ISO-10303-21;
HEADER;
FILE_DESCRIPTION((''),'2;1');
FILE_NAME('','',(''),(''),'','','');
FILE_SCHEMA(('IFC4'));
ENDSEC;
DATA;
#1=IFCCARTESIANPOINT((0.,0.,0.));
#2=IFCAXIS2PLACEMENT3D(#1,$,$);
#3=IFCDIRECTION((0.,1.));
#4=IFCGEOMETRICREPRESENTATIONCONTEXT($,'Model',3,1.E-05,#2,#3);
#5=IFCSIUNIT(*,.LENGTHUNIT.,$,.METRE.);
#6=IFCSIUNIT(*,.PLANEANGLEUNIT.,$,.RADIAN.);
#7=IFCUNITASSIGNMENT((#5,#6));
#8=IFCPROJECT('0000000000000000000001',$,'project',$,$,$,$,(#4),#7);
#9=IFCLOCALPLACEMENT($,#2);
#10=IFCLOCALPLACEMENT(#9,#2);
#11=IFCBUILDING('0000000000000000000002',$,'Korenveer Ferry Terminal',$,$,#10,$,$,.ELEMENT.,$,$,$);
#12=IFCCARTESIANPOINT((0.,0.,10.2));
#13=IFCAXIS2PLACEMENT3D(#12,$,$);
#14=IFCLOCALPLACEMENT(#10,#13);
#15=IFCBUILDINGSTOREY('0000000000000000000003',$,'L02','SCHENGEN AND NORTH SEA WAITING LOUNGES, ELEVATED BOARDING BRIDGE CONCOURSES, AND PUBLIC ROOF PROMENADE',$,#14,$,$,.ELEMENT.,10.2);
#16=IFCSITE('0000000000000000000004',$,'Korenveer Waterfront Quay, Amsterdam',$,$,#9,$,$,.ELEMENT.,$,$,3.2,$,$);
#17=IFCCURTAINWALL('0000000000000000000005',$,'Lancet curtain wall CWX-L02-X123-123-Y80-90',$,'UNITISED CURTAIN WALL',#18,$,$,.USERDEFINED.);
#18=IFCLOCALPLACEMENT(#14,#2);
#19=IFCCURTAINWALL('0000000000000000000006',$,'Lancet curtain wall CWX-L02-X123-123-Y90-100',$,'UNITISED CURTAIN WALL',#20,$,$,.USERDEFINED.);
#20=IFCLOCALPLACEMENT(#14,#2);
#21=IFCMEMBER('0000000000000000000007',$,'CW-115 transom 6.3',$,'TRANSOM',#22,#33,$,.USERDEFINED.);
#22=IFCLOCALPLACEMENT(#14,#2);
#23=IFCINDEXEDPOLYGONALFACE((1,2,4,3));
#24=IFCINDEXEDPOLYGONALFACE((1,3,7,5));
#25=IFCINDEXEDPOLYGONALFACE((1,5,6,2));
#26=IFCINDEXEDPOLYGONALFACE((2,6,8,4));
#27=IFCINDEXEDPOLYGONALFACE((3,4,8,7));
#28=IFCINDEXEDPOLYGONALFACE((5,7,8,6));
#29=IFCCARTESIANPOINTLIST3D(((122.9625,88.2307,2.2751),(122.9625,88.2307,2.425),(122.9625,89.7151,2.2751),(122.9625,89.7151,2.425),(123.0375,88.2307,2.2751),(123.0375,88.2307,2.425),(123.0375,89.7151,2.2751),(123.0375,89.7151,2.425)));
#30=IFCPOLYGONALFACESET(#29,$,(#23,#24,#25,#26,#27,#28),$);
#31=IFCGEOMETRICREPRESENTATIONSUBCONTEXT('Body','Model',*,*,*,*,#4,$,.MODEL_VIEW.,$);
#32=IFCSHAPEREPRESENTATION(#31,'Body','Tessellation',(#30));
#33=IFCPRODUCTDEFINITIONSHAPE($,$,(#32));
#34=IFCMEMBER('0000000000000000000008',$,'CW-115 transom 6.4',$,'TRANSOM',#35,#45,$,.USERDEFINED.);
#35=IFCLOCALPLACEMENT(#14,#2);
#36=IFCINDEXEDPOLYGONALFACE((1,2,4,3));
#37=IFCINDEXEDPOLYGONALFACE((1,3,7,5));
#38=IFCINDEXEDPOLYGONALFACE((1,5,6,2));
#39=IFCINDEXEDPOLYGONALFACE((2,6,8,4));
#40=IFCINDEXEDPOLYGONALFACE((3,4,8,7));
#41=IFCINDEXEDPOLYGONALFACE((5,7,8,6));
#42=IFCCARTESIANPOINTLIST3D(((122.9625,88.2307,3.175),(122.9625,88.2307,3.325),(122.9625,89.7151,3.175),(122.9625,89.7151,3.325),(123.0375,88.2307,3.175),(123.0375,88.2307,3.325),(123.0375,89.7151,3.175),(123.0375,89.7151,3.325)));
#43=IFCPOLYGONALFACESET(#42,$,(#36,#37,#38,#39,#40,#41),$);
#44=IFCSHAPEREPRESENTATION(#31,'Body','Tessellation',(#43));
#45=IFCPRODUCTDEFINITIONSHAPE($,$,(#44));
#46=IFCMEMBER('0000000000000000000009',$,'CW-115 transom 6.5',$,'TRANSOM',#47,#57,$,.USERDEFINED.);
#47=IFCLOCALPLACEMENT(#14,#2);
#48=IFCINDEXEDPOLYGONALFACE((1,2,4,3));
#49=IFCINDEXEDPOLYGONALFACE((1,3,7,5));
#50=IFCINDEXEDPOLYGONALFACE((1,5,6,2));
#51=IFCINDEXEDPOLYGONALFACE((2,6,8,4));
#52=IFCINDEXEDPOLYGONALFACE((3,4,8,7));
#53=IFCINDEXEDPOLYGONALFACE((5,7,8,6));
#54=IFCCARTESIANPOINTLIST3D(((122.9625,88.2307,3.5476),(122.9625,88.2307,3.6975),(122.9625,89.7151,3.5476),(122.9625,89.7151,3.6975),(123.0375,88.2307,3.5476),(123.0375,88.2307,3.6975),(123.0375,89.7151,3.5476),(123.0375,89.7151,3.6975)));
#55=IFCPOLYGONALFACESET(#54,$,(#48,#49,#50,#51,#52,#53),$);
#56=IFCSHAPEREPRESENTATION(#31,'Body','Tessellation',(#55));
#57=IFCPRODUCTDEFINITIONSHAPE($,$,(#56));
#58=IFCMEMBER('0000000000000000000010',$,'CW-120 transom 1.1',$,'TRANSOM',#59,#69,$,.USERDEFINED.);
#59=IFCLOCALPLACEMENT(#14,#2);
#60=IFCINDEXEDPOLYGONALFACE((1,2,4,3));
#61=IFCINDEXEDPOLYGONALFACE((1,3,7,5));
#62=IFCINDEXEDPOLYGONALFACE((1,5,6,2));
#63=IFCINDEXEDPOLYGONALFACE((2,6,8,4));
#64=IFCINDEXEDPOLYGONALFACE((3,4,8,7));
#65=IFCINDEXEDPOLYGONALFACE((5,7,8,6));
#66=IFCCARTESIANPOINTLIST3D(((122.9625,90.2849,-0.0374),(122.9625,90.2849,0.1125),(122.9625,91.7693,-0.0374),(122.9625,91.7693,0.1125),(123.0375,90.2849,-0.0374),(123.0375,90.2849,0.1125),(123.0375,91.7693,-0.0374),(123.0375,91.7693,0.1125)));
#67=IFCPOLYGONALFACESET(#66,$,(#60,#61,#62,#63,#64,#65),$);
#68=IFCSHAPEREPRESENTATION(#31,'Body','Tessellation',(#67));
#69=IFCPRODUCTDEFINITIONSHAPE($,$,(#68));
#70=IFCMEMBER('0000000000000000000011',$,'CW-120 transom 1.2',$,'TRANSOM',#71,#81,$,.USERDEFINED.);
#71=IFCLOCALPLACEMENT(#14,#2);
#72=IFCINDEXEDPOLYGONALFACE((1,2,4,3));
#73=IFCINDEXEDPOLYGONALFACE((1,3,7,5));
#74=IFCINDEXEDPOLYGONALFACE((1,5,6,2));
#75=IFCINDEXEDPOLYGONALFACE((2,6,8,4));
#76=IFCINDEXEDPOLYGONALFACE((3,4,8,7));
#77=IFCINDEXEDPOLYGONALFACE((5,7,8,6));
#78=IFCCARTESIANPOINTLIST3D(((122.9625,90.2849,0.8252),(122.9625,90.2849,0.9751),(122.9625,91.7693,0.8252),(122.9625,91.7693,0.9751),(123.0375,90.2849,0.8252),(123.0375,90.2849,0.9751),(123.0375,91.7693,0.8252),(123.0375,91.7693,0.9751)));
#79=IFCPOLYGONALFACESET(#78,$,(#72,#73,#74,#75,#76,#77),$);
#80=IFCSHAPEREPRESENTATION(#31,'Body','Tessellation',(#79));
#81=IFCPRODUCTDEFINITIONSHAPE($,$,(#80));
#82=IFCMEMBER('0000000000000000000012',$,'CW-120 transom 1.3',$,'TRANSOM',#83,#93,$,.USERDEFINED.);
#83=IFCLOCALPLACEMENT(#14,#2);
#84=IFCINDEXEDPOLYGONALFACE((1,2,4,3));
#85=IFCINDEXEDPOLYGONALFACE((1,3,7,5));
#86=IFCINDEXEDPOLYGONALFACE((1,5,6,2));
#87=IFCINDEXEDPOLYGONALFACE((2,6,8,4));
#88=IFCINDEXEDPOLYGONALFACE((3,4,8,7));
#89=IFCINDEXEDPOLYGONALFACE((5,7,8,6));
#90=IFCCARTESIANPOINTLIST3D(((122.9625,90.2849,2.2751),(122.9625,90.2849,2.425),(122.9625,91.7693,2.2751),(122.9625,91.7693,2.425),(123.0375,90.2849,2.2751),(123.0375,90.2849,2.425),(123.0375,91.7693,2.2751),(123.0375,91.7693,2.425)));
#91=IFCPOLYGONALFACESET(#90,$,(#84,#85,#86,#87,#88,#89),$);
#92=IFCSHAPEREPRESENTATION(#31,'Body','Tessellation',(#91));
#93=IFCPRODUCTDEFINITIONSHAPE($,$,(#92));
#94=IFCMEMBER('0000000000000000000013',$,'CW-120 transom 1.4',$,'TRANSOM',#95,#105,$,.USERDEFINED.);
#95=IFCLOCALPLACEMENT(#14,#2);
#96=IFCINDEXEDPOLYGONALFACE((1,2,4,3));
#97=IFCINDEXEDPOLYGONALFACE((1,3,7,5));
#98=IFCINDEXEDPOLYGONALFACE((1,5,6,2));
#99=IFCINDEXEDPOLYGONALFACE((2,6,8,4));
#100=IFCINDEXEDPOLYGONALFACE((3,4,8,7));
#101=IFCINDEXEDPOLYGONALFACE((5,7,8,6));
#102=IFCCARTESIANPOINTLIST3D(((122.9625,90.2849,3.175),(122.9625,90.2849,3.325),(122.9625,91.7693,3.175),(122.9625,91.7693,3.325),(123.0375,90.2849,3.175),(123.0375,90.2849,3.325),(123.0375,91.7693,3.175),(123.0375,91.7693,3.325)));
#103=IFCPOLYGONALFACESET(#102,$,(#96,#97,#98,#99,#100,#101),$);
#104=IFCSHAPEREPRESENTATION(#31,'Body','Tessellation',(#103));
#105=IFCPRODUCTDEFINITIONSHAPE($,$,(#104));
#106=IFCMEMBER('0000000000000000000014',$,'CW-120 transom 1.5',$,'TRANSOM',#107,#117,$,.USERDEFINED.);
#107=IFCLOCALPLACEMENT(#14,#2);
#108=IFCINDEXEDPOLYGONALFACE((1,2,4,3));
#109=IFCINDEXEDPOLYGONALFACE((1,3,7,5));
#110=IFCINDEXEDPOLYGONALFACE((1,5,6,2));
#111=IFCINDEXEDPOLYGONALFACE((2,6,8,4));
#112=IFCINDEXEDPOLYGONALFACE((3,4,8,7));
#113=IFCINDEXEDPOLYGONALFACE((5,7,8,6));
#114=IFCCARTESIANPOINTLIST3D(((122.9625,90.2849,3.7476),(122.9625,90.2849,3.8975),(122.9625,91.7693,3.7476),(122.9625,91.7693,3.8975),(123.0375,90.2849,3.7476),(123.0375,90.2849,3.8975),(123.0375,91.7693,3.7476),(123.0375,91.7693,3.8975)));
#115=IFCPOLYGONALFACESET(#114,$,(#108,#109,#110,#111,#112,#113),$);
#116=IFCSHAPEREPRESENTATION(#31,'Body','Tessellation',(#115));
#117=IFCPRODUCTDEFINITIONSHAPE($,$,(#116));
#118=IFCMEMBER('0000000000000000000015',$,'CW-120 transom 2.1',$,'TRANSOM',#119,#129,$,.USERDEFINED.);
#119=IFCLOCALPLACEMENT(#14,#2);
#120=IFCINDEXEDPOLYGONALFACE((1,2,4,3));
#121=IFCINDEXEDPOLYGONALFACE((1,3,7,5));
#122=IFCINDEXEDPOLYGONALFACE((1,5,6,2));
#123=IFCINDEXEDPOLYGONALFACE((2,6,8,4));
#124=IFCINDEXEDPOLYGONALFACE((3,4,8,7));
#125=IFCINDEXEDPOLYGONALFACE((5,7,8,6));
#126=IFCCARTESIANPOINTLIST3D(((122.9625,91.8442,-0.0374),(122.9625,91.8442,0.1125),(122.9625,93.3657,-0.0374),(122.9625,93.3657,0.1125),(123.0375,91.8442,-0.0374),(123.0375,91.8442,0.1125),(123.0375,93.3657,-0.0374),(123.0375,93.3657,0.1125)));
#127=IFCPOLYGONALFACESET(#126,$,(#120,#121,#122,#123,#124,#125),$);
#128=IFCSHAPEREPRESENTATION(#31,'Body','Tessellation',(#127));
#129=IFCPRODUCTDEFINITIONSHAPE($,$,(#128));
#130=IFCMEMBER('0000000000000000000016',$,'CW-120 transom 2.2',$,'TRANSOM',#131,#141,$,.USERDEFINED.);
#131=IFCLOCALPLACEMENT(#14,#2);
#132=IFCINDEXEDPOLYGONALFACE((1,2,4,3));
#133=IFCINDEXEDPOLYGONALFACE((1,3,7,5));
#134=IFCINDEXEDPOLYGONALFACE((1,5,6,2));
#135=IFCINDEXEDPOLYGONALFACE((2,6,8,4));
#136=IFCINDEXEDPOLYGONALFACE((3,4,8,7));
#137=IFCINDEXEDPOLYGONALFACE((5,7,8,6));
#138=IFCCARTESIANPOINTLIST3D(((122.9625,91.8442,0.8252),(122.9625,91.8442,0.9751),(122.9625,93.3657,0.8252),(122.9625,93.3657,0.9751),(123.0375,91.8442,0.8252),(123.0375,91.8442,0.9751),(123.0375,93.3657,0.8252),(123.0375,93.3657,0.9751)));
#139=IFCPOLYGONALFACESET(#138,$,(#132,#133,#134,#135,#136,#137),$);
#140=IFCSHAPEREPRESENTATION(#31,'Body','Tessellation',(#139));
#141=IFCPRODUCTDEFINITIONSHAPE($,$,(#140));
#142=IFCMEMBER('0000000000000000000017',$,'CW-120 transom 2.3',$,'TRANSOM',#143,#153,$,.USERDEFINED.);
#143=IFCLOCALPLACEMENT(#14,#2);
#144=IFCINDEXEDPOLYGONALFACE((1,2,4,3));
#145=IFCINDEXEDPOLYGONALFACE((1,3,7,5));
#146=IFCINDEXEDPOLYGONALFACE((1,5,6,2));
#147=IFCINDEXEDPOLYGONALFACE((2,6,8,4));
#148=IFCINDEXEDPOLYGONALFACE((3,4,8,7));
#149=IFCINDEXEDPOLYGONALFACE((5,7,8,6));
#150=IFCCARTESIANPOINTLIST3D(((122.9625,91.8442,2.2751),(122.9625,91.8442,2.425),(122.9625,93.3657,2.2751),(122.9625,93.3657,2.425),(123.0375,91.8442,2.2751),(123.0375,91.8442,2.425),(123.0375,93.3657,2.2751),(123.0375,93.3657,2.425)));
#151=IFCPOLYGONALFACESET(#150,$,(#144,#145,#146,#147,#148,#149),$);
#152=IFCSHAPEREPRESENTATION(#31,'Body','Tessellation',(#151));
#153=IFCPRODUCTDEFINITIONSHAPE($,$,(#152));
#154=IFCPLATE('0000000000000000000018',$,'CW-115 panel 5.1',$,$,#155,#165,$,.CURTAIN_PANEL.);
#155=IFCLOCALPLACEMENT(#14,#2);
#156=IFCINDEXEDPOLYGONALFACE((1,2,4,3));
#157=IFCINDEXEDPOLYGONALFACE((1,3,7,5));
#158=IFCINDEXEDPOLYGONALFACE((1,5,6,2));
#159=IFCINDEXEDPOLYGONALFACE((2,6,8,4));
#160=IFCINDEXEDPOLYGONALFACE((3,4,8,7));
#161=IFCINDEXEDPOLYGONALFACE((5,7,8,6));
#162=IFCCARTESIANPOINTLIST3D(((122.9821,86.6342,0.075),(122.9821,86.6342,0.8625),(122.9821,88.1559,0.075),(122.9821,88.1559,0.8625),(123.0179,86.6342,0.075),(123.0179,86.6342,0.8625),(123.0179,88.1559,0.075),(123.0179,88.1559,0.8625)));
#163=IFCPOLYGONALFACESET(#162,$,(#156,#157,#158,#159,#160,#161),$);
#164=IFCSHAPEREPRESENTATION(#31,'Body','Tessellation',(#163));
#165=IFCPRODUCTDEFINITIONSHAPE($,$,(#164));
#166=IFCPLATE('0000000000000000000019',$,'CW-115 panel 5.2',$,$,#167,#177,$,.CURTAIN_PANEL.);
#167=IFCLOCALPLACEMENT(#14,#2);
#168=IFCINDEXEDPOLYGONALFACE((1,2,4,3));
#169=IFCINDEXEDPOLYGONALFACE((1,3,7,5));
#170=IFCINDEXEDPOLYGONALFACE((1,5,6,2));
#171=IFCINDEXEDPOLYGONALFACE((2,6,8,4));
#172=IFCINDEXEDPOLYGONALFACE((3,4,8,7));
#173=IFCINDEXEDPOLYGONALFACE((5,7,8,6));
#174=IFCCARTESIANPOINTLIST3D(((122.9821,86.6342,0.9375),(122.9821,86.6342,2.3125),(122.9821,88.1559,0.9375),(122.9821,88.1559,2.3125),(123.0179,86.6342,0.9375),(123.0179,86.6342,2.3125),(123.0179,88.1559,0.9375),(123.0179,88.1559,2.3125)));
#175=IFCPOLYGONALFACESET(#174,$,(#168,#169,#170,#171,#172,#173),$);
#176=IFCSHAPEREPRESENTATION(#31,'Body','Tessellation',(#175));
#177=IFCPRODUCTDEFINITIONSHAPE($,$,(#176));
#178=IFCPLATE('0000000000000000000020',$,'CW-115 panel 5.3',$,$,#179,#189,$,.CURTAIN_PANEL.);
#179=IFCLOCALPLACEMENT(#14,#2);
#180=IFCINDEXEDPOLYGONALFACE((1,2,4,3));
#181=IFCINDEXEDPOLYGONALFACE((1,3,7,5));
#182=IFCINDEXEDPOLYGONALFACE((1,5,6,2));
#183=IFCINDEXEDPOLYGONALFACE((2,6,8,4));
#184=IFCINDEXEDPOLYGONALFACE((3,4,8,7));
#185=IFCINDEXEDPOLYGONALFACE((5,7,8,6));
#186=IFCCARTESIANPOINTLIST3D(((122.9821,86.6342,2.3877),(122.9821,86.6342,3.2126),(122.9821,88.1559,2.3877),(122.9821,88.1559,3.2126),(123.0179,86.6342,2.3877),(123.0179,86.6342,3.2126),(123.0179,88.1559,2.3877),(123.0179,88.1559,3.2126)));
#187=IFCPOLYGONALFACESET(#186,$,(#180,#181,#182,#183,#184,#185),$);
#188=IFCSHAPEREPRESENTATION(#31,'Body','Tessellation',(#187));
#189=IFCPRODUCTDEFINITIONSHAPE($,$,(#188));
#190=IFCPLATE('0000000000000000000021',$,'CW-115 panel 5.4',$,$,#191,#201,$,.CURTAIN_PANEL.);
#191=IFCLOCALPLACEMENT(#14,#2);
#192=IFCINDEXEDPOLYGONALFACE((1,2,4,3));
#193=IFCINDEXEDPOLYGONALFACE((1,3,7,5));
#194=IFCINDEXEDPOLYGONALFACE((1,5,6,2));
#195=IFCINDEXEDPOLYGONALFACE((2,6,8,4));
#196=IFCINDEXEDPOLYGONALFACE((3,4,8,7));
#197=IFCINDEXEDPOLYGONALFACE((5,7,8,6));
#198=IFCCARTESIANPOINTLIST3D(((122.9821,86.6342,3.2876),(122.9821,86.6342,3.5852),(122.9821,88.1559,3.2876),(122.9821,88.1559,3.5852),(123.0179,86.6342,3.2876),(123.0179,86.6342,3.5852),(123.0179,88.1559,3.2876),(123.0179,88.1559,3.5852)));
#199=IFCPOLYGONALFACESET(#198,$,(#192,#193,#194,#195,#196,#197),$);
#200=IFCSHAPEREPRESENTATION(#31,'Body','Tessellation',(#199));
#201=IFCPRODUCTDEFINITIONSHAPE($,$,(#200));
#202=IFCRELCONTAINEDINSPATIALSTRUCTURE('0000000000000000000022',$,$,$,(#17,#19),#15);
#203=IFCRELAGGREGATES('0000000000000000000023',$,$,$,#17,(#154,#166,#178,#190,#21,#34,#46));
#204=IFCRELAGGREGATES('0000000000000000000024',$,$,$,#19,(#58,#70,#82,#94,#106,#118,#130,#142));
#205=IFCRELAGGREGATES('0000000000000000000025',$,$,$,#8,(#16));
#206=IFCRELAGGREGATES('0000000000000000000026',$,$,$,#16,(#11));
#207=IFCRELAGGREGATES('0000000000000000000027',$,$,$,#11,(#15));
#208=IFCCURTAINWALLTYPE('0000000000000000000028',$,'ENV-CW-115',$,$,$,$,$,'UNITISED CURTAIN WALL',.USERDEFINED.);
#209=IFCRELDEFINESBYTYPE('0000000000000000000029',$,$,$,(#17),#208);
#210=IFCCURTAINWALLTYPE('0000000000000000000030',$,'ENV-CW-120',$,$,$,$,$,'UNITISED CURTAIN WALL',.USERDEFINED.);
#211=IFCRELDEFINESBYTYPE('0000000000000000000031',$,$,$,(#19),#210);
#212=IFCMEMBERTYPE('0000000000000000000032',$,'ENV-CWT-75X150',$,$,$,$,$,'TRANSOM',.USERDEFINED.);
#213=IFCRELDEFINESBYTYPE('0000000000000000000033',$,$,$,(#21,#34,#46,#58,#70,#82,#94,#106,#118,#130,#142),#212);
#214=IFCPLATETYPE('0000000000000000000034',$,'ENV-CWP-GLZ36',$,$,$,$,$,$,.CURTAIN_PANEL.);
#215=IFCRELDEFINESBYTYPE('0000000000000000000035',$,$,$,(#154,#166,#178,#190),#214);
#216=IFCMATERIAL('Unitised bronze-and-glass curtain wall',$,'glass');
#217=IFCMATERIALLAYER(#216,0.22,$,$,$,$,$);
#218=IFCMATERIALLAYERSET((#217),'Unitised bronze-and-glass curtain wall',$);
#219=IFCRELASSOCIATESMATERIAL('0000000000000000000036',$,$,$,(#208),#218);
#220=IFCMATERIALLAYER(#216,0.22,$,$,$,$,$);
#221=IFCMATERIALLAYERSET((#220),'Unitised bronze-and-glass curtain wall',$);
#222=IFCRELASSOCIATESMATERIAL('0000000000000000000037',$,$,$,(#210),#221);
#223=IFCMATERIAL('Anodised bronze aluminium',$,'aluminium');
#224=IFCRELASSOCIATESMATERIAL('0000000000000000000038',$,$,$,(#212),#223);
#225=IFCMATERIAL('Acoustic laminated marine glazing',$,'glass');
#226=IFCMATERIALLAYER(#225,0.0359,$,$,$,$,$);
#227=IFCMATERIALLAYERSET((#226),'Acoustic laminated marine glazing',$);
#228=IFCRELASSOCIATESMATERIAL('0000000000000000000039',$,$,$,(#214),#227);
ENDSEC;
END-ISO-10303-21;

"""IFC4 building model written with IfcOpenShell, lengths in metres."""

from ifc_helpers import new_model, si_unit, direction, frame, origin, origin_2d, place, context, subcontext, project, spatial, rectangle, extrude, material, layer, layer_set, material_profile, profile_set, type_object, element, aggregate, save


model = new_model("IFC4")

# Units and contexts
model_context = context("Model", 3, precision=1e-05, world=origin(), true_north=direction((0.0, 1.0)))
body_context = subcontext(model_context, "Body", "Model", "MODEL_VIEW")
ifc_project = project(units=[si_unit("LENGTHUNIT", "METRE"), si_unit("PLANEANGLEUNIT", "RADIAN")], contexts=[model_context])

# Site, building, storey
site_placement = place(None, origin())
site = spatial("IfcSite", under=ifc_project, at=site_placement, Name="Korenveer Waterfront Quay, Amsterdam", CompositionType="ELEMENT", RefElevation=3.2)
building_placement = place(site_placement, origin())
building = spatial("IfcBuilding", under=site, at=building_placement, Name="Korenveer Ferry Terminal", CompositionType="ELEMENT")
storey_placement = place(building_placement, frame((0.0, 0.0, 10.2)))
storey = spatial("IfcBuildingStorey", under=building, at=storey_placement, Name="L02", Description="SCHENGEN AND NORTH SEA WAITING LOUNGES, ELEVATED BOARDING BRIDGE CONCOURSES, AND PUBLIC ROOF PROMENADE", CompositionType="ELEMENT", Elevation=10.2)

# Curtain walls
ifc_material_1 = material(Name="Unitised bronze-and-glass curtain wall", Category="glass")
ifc_layer_1 = layer(ifc_material_1, 0.22)
ifc_layer_set_1 = layer_set([ifc_layer_1], Name="Unitised bronze-and-glass curtain wall")
curtain_wall_type_1 = type_object("IfcCurtainWallType", Name="ENV-CW-115", ElementType="UNITISED CURTAIN WALL", PredefinedType="USERDEFINED", material=ifc_layer_set_1)
curtain_wall_1_placement = place(storey_placement, frame((123.0, 80.21, 0.0)))
curtain_wall_1 = element("IfcCurtainWall", 1, at=curtain_wall_1_placement, inside=storey, type_object=curtain_wall_type_1, Name="Lancet curtain wall CWX-L02-X123-123-Y80-90", ObjectType="UNITISED CURTAIN WALL", PredefinedType="USERDEFINED")
ifc_material_2 = material(Name="Anodised bronze aluminium", Category="aluminium")
ifc_layer_2 = layer(ifc_material_1, 0.22)
ifc_layer_set_2 = layer_set([ifc_layer_2], Name="Unitised bronze-and-glass curtain wall")
curtain_wall_type_2 = type_object("IfcCurtainWallType", Name="ENV-CW-120", ElementType="UNITISED CURTAIN WALL", PredefinedType="USERDEFINED", material=ifc_layer_set_2)
curtain_wall_2_placement = place(storey_placement, frame((123.0, 90.21, 0.0)))
curtain_wall_2 = element("IfcCurtainWall", 2, at=curtain_wall_2_placement, inside=storey, type_object=curtain_wall_type_2, Name="Lancet curtain wall CWX-L02-X123-123-Y90-100", ObjectType="UNITISED CURTAIN WALL", PredefinedType="USERDEFINED")

# Members
ifc_material_profile_1 = material_profile(ifc_material_2, rectangle(XDim=0.075, YDim=0.1499, at=origin_2d()), Name="ALU 75x150")
ifc_profile_set_1 = profile_set([ifc_material_profile_1], Name="Anodised bronze aluminium")
member_type_1 = type_object("IfcMemberType", Name="ENV-CWT-75X150", ElementType="TRANSOM", PredefinedType="USERDEFINED", material=ifc_profile_set_1)
member_1_placement = place(storey_placement, frame((123.0, 88.2307, 2.3501), z_axis=(0.0, 1.0, 0.0), x_axis=(-1.0, 0.0, 0.0)))
member_1 = element("IfcMember", 3, at=member_1_placement, type_object=member_type_1, Name="CW-115 transom 6.3", ObjectType="TRANSOM", PredefinedType="USERDEFINED", context=body_context, shape_type="SweptSolid", body=[
    extrude(rectangle(XDim=0.075, YDim=0.1499, at=origin_2d()), origin(), (0.0, 0.0, 1.0), 1.4844),
])
member_2_placement = place(storey_placement, frame((123.0, 88.2307, 3.25), z_axis=(0.0, 1.0, 0.0), x_axis=(-1.0, 0.0, 0.0)))
member_2 = element("IfcMember", 4, at=member_2_placement, type_object=member_type_1, Name="CW-115 transom 6.4", ObjectType="TRANSOM", PredefinedType="USERDEFINED", context=body_context, shape_type="SweptSolid", body=[
    extrude(rectangle(XDim=0.075, YDim=0.1499, at=origin_2d()), origin(), (0.0, 0.0, 1.0), 1.4844),
])
member_3_placement = place(storey_placement, frame((123.0, 88.2307, 3.6226), z_axis=(0.0, 1.0, 0.0), x_axis=(-1.0, 0.0, 0.0)))
member_3 = element("IfcMember", 5, at=member_3_placement, type_object=member_type_1, Name="CW-115 transom 6.5", ObjectType="TRANSOM", PredefinedType="USERDEFINED", context=body_context, shape_type="SweptSolid", body=[
    extrude(rectangle(XDim=0.075, YDim=0.1499, at=origin_2d()), origin(), (0.0, 0.0, 1.0), 1.4844),
])
member_4_placement = place(storey_placement, frame((123.0, 90.2849, 0.0376), z_axis=(0.0, 1.0, 0.0), x_axis=(-1.0, 0.0, 0.0)))
member_4 = element("IfcMember", 6, at=member_4_placement, type_object=member_type_1, Name="CW-120 transom 1.1", ObjectType="TRANSOM", PredefinedType="USERDEFINED", context=body_context, shape_type="SweptSolid", body=[
    extrude(rectangle(XDim=0.075, YDim=0.1499, at=origin_2d()), origin(), (0.0, 0.0, 1.0), 1.4844),
])
member_5_placement = place(storey_placement, frame((123.0, 90.2849, 0.9001), z_axis=(0.0, 1.0, 0.0), x_axis=(-1.0, 0.0, 0.0)))
member_5 = element("IfcMember", 7, at=member_5_placement, type_object=member_type_1, Name="CW-120 transom 1.2", ObjectType="TRANSOM", PredefinedType="USERDEFINED", context=body_context, shape_type="SweptSolid", body=[
    extrude(rectangle(XDim=0.075, YDim=0.1499, at=origin_2d()), origin(), (0.0, 0.0, 1.0), 1.4844),
])
member_6_placement = place(storey_placement, frame((123.0, 90.2849, 2.3501), z_axis=(0.0, 1.0, 0.0), x_axis=(-1.0, 0.0, 0.0)))
member_6 = element("IfcMember", 8, at=member_6_placement, type_object=member_type_1, Name="CW-120 transom 1.3", ObjectType="TRANSOM", PredefinedType="USERDEFINED", context=body_context, shape_type="SweptSolid", body=[
    extrude(rectangle(XDim=0.075, YDim=0.1499, at=origin_2d()), origin(), (0.0, 0.0, 1.0), 1.4844),
])
member_7_placement = place(storey_placement, frame((123.0, 90.2849, 3.25), z_axis=(0.0, 1.0, 0.0), x_axis=(-1.0, 0.0, 0.0)))
member_7 = element("IfcMember", 9, at=member_7_placement, type_object=member_type_1, Name="CW-120 transom 1.4", ObjectType="TRANSOM", PredefinedType="USERDEFINED", context=body_context, shape_type="SweptSolid", body=[
    extrude(rectangle(XDim=0.075, YDim=0.1499, at=origin_2d()), origin(), (0.0, 0.0, 1.0), 1.4844),
])
member_8_placement = place(storey_placement, frame((123.0, 90.2849, 3.8225), z_axis=(0.0, 1.0, 0.0), x_axis=(-1.0, 0.0, 0.0)))
member_8 = element("IfcMember", 10, at=member_8_placement, type_object=member_type_1, Name="CW-120 transom 1.5", ObjectType="TRANSOM", PredefinedType="USERDEFINED", context=body_context, shape_type="SweptSolid", body=[
    extrude(rectangle(XDim=0.075, YDim=0.1499, at=origin_2d()), origin(), (0.0, 0.0, 1.0), 1.4844),
])
member_9_placement = place(storey_placement, frame((123.0, 91.8442, 0.0376), z_axis=(0.0, 1.0, 0.0), x_axis=(-1.0, 0.0, 0.0)))
member_9 = element("IfcMember", 11, at=member_9_placement, type_object=member_type_1, Name="CW-120 transom 2.1", ObjectType="TRANSOM", PredefinedType="USERDEFINED", context=body_context, shape_type="SweptSolid", body=[
    extrude(rectangle(XDim=0.075, YDim=0.1499, at=origin_2d()), origin(), (0.0, 0.0, 1.0), 1.5215),
])
member_10_placement = place(storey_placement, frame((123.0, 91.8442, 0.9001), z_axis=(0.0, 1.0, 0.0), x_axis=(-1.0, 0.0, 0.0)))
member_10 = element("IfcMember", 12, at=member_10_placement, type_object=member_type_1, Name="CW-120 transom 2.2", ObjectType="TRANSOM", PredefinedType="USERDEFINED", context=body_context, shape_type="SweptSolid", body=[
    extrude(rectangle(XDim=0.075, YDim=0.1499, at=origin_2d()), origin(), (0.0, 0.0, 1.0), 1.5215),
])
member_11_placement = place(storey_placement, frame((123.0, 91.8442, 2.3501), z_axis=(0.0, 1.0, 0.0), x_axis=(-1.0, 0.0, 0.0)))
member_11 = element("IfcMember", 13, at=member_11_placement, type_object=member_type_1, Name="CW-120 transom 2.3", ObjectType="TRANSOM", PredefinedType="USERDEFINED", context=body_context, shape_type="SweptSolid", body=[
    extrude(rectangle(XDim=0.075, YDim=0.1499, at=origin_2d()), origin(), (0.0, 0.0, 1.0), 1.5215),
])

# Plates
ifc_material_3 = material(Name="Acoustic laminated marine glazing", Category="glass")
ifc_layer_3 = layer(ifc_material_3, 0.0359)
ifc_layer_set_3 = layer_set([ifc_layer_3], Name="Acoustic laminated marine glazing")
plate_type = type_object("IfcPlateType", Name="ENV-CWP-GLZ36", PredefinedType="CURTAIN_PANEL", material=ifc_layer_set_3)
plate_1_placement = place(storey_placement, frame((123.0, 87.395, 0.075), z_axis=(0.0, 0.0, 1.0), x_axis=(0.0, 1.0, 0.0)))
plate_1 = element("IfcPlate", 14, at=plate_1_placement, type_object=plate_type, Name="CW-115 panel 5.1", PredefinedType="CURTAIN_PANEL", context=body_context, shape_type="SweptSolid", body=[
    extrude(rectangle(XDim=1.5217, YDim=0.0359, at=origin_2d()), origin(), (0.0, 0.0, 1.0), 0.7876),
])
plate_2_placement = place(storey_placement, frame((123.0, 87.395, 0.9375), z_axis=(0.0, 0.0, 1.0), x_axis=(0.0, 1.0, 0.0)))
plate_2 = element("IfcPlate", 15, at=plate_2_placement, type_object=plate_type, Name="CW-115 panel 5.2", PredefinedType="CURTAIN_PANEL", context=body_context, shape_type="SweptSolid", body=[
    extrude(rectangle(XDim=1.5217, YDim=0.0359, at=origin_2d()), origin(), (0.0, 0.0, 1.0), 1.375),
])
plate_3_placement = place(storey_placement, frame((123.0, 87.395, 2.3877), z_axis=(0.0, 0.0, 1.0), x_axis=(0.0, 1.0, 0.0)))
plate_3 = element("IfcPlate", 16, at=plate_3_placement, type_object=plate_type, Name="CW-115 panel 5.3", PredefinedType="CURTAIN_PANEL", context=body_context, shape_type="SweptSolid", body=[
    extrude(rectangle(XDim=1.5217, YDim=0.0359, at=origin_2d()), origin(), (0.0, 0.0, 1.0), 0.825),
])
plate_4_placement = place(storey_placement, frame((123.0, 87.395, 3.2876), z_axis=(0.0, 0.0, 1.0), x_axis=(0.0, 1.0, 0.0)))
plate_4 = element("IfcPlate", 17, at=plate_4_placement, type_object=plate_type, Name="CW-115 panel 5.4", PredefinedType="CURTAIN_PANEL", context=body_context, shape_type="SweptSolid", body=[
    extrude(rectangle(XDim=1.5217, YDim=0.0359, at=origin_2d()), origin(), (0.0, 0.0, 1.0), 0.2976),
])
aggregate(curtain_wall_1, [plate_1, plate_2, plate_3, plate_4, member_1, member_2, member_3])
aggregate(curtain_wall_2, [member_4, member_5, member_6, member_7, member_8, member_9, member_10, member_11])

save(model, "model.ifc")
